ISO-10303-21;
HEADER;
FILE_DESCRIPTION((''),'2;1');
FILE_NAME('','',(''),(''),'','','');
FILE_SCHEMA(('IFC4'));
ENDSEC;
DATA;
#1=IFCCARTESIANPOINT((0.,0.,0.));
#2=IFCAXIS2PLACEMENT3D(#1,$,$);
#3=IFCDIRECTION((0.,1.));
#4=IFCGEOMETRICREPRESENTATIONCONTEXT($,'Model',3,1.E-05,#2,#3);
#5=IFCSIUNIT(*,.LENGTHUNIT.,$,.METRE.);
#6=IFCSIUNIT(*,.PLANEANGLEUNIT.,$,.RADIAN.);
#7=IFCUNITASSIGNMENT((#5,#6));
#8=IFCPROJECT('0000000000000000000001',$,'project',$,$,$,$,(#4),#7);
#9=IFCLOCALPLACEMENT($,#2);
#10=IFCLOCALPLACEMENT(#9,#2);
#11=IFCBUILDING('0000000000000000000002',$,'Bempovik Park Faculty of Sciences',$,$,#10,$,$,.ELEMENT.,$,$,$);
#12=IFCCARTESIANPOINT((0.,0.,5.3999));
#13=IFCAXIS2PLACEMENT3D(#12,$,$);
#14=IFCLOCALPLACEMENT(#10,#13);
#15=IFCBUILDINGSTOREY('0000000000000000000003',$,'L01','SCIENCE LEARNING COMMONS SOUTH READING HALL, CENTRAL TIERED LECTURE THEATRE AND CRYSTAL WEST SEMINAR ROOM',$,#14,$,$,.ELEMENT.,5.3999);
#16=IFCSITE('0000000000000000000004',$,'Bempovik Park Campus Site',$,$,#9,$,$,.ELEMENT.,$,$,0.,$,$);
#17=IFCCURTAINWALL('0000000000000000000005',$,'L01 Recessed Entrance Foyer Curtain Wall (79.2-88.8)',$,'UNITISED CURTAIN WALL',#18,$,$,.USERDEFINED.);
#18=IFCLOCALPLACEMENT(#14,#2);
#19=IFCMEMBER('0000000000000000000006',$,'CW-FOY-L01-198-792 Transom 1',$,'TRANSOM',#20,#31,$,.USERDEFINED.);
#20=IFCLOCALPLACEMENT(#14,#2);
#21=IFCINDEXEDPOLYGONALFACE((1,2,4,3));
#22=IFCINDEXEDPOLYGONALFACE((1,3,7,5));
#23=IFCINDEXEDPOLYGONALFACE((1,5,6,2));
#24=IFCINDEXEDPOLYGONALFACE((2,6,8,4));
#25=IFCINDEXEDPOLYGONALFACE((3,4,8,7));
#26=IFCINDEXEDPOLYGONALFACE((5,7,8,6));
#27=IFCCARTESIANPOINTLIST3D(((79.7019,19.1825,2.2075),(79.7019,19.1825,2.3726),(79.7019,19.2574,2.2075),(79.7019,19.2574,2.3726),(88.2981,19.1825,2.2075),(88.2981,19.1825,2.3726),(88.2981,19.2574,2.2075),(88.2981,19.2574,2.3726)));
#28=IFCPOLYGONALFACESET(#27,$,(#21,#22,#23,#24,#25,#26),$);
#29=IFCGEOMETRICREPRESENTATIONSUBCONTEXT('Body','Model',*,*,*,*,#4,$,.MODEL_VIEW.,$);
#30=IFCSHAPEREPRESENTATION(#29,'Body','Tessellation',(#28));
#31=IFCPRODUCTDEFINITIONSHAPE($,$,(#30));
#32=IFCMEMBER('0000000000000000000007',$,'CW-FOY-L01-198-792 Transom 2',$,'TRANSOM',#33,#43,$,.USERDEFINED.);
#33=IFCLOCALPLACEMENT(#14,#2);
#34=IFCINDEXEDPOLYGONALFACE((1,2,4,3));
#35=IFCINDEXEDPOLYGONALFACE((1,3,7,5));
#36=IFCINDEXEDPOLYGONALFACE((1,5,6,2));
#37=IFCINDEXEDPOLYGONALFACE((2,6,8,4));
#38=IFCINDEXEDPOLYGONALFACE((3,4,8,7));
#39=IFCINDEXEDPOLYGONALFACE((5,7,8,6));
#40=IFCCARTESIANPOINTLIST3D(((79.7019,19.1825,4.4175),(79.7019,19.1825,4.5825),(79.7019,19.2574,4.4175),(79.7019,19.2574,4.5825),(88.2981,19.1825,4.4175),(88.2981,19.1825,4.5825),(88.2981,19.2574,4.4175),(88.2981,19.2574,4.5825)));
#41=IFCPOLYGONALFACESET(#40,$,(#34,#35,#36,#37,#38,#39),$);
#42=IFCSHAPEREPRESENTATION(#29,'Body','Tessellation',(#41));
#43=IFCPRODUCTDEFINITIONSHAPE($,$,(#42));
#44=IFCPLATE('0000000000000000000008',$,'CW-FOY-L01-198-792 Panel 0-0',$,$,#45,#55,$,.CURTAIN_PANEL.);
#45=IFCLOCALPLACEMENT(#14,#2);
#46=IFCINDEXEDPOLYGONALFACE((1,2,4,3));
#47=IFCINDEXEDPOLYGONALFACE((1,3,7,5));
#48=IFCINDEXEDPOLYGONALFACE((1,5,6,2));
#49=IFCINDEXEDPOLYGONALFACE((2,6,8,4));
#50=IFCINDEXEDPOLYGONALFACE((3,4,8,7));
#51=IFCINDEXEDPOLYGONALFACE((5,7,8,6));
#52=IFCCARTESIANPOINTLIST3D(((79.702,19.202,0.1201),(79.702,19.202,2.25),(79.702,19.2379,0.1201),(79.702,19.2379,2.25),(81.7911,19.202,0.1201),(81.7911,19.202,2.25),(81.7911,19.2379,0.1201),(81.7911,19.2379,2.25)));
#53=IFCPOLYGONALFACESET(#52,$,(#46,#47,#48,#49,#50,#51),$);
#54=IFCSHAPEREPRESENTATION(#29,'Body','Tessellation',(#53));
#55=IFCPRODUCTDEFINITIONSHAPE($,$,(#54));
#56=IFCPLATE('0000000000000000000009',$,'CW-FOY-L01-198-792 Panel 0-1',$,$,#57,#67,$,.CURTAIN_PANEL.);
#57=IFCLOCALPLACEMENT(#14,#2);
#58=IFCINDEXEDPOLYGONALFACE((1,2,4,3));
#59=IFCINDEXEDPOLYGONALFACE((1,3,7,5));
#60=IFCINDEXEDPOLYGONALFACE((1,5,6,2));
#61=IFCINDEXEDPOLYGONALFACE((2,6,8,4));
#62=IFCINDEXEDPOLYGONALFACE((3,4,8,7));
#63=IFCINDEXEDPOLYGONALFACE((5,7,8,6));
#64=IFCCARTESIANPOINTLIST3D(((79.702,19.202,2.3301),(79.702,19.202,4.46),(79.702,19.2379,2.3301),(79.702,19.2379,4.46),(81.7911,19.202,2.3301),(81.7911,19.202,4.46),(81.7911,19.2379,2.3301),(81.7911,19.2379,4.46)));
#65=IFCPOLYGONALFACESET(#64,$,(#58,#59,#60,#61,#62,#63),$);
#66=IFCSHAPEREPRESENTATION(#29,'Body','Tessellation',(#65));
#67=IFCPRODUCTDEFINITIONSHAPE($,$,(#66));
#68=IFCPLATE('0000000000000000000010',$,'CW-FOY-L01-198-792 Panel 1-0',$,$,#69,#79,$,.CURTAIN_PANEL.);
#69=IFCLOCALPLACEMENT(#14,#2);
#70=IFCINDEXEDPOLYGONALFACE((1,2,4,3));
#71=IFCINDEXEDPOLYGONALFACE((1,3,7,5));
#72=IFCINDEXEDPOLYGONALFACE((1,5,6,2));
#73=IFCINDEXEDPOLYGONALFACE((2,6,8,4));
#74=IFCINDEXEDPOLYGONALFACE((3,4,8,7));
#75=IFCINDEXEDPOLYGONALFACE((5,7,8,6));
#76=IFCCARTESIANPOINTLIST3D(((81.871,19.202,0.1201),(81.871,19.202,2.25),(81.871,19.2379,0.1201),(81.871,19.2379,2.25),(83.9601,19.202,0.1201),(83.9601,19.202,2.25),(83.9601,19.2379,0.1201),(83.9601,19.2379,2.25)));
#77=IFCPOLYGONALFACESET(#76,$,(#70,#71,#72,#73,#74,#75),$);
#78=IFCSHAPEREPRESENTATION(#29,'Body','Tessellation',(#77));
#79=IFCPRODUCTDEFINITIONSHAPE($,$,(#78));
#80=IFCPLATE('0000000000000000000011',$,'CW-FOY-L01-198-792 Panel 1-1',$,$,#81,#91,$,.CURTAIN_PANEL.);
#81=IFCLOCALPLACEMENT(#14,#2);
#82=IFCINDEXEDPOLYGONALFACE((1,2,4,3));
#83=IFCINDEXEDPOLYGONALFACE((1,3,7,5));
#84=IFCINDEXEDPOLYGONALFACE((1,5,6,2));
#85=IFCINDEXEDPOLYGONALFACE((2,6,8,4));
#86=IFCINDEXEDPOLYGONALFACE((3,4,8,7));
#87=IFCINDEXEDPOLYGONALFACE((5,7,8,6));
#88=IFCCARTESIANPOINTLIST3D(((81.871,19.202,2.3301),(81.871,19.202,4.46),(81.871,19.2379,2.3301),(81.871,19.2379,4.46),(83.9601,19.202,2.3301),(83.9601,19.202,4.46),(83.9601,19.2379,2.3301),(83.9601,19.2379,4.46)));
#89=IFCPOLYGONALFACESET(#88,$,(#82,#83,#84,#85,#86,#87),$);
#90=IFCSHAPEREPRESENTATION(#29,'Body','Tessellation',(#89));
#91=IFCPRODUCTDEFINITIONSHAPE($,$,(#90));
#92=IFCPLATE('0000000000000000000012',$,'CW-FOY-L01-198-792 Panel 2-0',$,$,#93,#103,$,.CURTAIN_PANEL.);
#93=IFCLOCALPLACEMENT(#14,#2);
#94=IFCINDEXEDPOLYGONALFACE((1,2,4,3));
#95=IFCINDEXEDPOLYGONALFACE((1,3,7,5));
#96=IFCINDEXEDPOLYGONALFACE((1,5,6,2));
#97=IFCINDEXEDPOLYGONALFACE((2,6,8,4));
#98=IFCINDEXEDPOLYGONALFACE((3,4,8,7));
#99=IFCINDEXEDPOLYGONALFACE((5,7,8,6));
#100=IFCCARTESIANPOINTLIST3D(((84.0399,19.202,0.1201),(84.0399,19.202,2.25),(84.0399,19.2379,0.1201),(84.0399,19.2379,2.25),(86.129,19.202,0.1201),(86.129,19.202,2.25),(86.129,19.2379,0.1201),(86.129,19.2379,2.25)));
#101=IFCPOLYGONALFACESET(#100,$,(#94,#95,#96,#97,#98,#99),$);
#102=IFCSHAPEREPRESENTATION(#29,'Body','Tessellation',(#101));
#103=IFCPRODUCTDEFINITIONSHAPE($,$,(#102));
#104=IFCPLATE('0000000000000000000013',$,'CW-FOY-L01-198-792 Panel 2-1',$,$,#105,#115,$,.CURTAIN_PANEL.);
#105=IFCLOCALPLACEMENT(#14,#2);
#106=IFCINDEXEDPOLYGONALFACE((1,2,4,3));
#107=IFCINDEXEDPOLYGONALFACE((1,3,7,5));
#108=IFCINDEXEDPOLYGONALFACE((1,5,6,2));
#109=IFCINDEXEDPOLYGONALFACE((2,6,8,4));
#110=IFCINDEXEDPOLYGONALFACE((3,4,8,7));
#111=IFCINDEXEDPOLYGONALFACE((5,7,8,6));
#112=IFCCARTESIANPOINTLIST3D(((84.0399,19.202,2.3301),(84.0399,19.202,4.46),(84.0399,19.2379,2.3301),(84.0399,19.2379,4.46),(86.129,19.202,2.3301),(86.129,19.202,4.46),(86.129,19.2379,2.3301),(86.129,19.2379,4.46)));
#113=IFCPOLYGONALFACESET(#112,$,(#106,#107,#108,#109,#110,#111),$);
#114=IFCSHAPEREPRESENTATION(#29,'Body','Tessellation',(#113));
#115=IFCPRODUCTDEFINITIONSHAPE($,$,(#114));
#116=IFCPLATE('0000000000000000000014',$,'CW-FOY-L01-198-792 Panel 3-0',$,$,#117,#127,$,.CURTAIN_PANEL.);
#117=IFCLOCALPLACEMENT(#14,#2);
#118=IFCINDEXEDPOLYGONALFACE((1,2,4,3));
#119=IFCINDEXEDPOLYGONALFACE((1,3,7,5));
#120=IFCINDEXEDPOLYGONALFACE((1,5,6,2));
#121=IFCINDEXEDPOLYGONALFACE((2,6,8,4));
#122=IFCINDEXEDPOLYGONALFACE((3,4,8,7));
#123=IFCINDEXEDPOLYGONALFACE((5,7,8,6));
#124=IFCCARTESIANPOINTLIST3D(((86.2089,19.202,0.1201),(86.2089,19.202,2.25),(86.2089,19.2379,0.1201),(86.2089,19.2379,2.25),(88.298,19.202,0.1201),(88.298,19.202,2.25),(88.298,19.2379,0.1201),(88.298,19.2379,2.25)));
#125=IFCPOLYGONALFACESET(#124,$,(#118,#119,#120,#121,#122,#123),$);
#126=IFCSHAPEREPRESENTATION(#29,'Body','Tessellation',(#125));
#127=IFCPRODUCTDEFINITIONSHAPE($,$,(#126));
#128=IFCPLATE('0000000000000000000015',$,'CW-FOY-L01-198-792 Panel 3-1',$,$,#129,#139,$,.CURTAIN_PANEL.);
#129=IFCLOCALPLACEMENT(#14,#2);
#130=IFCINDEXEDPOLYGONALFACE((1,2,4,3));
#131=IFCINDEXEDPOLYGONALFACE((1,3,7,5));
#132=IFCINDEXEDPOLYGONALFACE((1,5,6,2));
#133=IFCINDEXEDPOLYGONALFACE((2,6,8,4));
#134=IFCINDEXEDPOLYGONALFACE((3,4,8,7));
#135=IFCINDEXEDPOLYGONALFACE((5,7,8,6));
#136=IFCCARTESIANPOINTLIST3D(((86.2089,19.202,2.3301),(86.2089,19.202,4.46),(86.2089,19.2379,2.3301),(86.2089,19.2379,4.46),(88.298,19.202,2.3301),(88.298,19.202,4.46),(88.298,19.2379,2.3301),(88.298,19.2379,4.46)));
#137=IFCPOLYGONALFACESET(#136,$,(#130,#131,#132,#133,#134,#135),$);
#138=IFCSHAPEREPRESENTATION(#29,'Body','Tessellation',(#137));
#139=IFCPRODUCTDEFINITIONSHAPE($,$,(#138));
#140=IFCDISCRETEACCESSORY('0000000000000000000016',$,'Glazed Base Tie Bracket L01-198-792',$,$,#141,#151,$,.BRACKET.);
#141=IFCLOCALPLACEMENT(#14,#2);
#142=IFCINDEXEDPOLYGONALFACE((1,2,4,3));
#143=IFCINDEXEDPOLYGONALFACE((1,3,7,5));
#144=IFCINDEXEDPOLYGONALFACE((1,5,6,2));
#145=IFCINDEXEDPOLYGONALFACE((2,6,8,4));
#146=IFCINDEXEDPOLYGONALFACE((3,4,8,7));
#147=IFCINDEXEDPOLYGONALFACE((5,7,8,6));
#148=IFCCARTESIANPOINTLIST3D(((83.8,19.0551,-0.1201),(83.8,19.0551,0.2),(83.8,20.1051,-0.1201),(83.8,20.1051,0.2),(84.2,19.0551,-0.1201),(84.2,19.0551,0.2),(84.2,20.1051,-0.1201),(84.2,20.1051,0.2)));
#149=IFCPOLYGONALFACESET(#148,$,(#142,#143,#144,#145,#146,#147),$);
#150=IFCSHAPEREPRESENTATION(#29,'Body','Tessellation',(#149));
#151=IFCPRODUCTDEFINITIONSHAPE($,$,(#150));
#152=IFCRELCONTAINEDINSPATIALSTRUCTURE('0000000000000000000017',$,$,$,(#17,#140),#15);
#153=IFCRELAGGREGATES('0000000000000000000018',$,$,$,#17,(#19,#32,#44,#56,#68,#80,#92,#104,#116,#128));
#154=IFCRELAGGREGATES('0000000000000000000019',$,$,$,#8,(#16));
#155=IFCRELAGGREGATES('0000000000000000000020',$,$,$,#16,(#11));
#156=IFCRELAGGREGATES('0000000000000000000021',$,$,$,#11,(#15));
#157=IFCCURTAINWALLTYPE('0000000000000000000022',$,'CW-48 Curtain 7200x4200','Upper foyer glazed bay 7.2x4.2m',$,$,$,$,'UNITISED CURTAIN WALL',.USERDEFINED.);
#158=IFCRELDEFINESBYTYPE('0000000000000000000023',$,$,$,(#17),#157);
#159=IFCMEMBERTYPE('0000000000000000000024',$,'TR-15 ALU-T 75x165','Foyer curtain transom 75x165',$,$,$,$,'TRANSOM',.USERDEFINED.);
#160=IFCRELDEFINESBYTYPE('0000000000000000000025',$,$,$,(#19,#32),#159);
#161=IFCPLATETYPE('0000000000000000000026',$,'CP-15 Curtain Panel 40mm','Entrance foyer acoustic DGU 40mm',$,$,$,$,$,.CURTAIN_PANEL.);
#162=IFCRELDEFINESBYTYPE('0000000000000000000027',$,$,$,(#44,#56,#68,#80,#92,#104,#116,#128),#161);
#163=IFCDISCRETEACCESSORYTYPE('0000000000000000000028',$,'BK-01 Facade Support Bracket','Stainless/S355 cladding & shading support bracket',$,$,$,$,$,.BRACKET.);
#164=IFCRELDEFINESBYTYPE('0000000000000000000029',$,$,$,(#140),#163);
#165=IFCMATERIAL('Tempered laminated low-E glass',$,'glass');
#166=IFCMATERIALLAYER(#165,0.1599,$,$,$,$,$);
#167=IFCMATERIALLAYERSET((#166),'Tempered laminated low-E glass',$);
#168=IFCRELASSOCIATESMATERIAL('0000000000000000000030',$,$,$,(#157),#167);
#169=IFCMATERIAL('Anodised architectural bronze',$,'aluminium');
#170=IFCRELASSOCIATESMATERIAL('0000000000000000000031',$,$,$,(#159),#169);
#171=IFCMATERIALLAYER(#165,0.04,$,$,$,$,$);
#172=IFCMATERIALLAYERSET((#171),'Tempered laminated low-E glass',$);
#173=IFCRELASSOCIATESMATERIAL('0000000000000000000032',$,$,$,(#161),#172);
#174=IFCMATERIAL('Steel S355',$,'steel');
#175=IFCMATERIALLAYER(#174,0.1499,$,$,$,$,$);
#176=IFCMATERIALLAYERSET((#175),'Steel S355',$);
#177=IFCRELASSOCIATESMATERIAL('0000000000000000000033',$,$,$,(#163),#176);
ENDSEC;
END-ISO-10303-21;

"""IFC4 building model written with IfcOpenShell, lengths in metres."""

from ifc_helpers import new_model, si_unit, direction, frame, origin, origin_2d, place, context, subcontext, project, spatial, rectangle, extrude, material, layer, layer_set, material_profile, profile_set, type_object, element, aggregate, save


model = new_model("IFC4")

# Units and contexts
model_context = context("Model", 3, precision=1e-05, world=origin(), true_north=direction((0.0, 1.0)))
body_context = subcontext(model_context, "Body", "Model", "MODEL_VIEW")
ifc_project = project(units=[si_unit("LENGTHUNIT", "METRE"), si_unit("PLANEANGLEUNIT", "RADIAN")], contexts=[model_context])

# Site, building, storey
site_placement = place(None, origin())
site = spatial("IfcSite", under=ifc_project, at=site_placement, Name="Bempovik Park Campus Site", CompositionType="ELEMENT", RefElevation=0.0)
building_placement = place(site_placement, origin())
building = spatial("IfcBuilding", under=site, at=building_placement, Name="Bempovik Park Faculty of Sciences", CompositionType="ELEMENT")
storey_placement = place(building_placement, frame((0.0, 0.0, 5.3999)))
storey = spatial("IfcBuildingStorey", under=building, at=storey_placement, Name="L01", Description="SCIENCE LEARNING COMMONS SOUTH READING HALL, CENTRAL TIERED LECTURE THEATRE AND CRYSTAL WEST SEMINAR ROOM", CompositionType="ELEMENT", Elevation=5.3999)

# Curtain wall, members, plates
ifc_material_1 = material(Name="Tempered laminated low-E glass", Category="glass")
ifc_layer_1 = layer(ifc_material_1, 0.1599)
ifc_layer_set_1 = layer_set([ifc_layer_1], Name="Tempered laminated low-E glass")
curtain_wall_type = type_object("IfcCurtainWallType", Name="CW-48 Curtain 7200x4200", Description="Upper foyer glazed bay 7.2x4.2m", ElementType="UNITISED CURTAIN WALL", PredefinedType="USERDEFINED", material=ifc_layer_set_1)
curtain_wall_placement = place(storey_placement, origin())
curtain_wall = element("IfcCurtainWall", 1, at=curtain_wall_placement, inside=storey, type_object=curtain_wall_type, Name="L01 Recessed Entrance Foyer Curtain Wall (79.2-88.8)", ObjectType="UNITISED CURTAIN WALL", PredefinedType="USERDEFINED")
ifc_material_2 = material(Name="Anodised architectural bronze", Category="aluminium")
ifc_material_profile_1 = material_profile(ifc_material_2, rectangle(XDim=0.075, YDim=0.165, at=origin_2d()), Name="ALU-T 75x165")
ifc_profile_set_1 = profile_set([ifc_material_profile_1], Name="Anodised architectural bronze")
member_type_1 = type_object("IfcMemberType", Name="TR-15 ALU-T 75x165", Description="Foyer curtain transom 75x165", ElementType="TRANSOM", PredefinedType="USERDEFINED", material=ifc_profile_set_1)
member_1_placement = place(storey_placement, frame((79.7019, 19.22, 2.29), z_axis=(1.0, 0.0, 0.0), x_axis=(0.0, 1.0, 0.0)))
member_1 = element("IfcMember", 2, at=member_1_placement, type_object=member_type_1, Name="CW-FOY-L01-198-792 Transom 1", ObjectType="TRANSOM", PredefinedType="USERDEFINED", context=body_context, shape_type="SweptSolid", body=[
    extrude(rectangle(XDim=0.075, YDim=0.165, at=origin_2d()), origin(), (0.0, 0.0, 1.0), 8.5962),
])
member_2_placement = place(storey_placement, frame((79.7019, 19.22, 4.5), z_axis=(1.0, 0.0, 0.0), x_axis=(0.0, 1.0, 0.0)))
member_2 = element("IfcMember", 3, at=member_2_placement, type_object=member_type_1, Name="CW-FOY-L01-198-792 Transom 2", ObjectType="TRANSOM", PredefinedType="USERDEFINED", context=body_context, shape_type="SweptSolid", body=[
    extrude(rectangle(XDim=0.075, YDim=0.165, at=origin_2d()), origin(), (0.0, 0.0, 1.0), 8.5962),
])
ifc_layer_2 = layer(ifc_material_1, 0.04)
ifc_layer_set_2 = layer_set([ifc_layer_2], Name="Tempered laminated low-E glass")
plate_type = type_object("IfcPlateType", Name="CP-15 Curtain Panel 40mm", Description="Entrance foyer acoustic DGU 40mm", PredefinedType="CURTAIN_PANEL", material=ifc_layer_set_2)
plate_1_placement = place(storey_placement, frame((80.7466, 19.22, 0.1201), z_axis=(0.0, 0.0, 1.0), x_axis=(1.0, 0.0, 0.0)))
plate_1 = element("IfcPlate", 4, at=plate_1_placement, type_object=plate_type, Name="CW-FOY-L01-198-792 Panel 0-0", PredefinedType="CURTAIN_PANEL", context=body_context, shape_type="SweptSolid", body=[
    extrude(rectangle(XDim=2.0891, YDim=0.0359, at=origin_2d()), origin(), (0.0, 0.0, 1.0), 2.1299),
])
plate_2_placement = place(storey_placement, frame((80.7466, 19.22, 2.3301), z_axis=(0.0, 0.0, 1.0), x_axis=(1.0, 0.0, 0.0)))
plate_2 = element("IfcPlate", 5, at=plate_2_placement, type_object=plate_type, Name="CW-FOY-L01-198-792 Panel 0-1", PredefinedType="CURTAIN_PANEL", context=body_context, shape_type="SweptSolid", body=[
    extrude(rectangle(XDim=2.0891, YDim=0.0359, at=origin_2d()), origin(), (0.0, 0.0, 1.0), 2.1299),
])
plate_3_placement = place(storey_placement, frame((82.9155, 19.22, 0.1201), z_axis=(0.0, 0.0, 1.0), x_axis=(1.0, 0.0, 0.0)))
plate_3 = element("IfcPlate", 6, at=plate_3_placement, type_object=plate_type, Name="CW-FOY-L01-198-792 Panel 1-0", PredefinedType="CURTAIN_PANEL", context=body_context, shape_type="SweptSolid", body=[
    extrude(rectangle(XDim=2.0891, YDim=0.0359, at=origin_2d()), origin(), (0.0, 0.0, 1.0), 2.1299),
])
plate_4_placement = place(storey_placement, frame((82.9155, 19.22, 2.3301), z_axis=(0.0, 0.0, 1.0), x_axis=(1.0, 0.0, 0.0)))
plate_4 = element("IfcPlate", 7, at=plate_4_placement, type_object=plate_type, Name="CW-FOY-L01-198-792 Panel 1-1", PredefinedType="CURTAIN_PANEL", context=body_context, shape_type="SweptSolid", body=[
    extrude(rectangle(XDim=2.0891, YDim=0.0359, at=origin_2d()), origin(), (0.0, 0.0, 1.0), 2.1299),
])
plate_5_placement = place(storey_placement, frame((85.0845, 19.22, 0.1201), z_axis=(0.0, 0.0, 1.0), x_axis=(1.0, 0.0, 0.0)))
plate_5 = element("IfcPlate", 8, at=plate_5_placement, type_object=plate_type, Name="CW-FOY-L01-198-792 Panel 2-0", PredefinedType="CURTAIN_PANEL", context=body_context, shape_type="SweptSolid", body=[
    extrude(rectangle(XDim=2.0891, YDim=0.0359, at=origin_2d()), origin(), (0.0, 0.0, 1.0), 2.1299),
])
plate_6_placement = place(storey_placement, frame((85.0845, 19.22, 2.3301), z_axis=(0.0, 0.0, 1.0), x_axis=(1.0, 0.0, 0.0)))
plate_6 = element("IfcPlate", 9, at=plate_6_placement, type_object=plate_type, Name="CW-FOY-L01-198-792 Panel 2-1", PredefinedType="CURTAIN_PANEL", context=body_context, shape_type="SweptSolid", body=[
    extrude(rectangle(XDim=2.0891, YDim=0.0359, at=origin_2d()), origin(), (0.0, 0.0, 1.0), 2.1299),
])
plate_7_placement = place(storey_placement, frame((87.2534, 19.22, 0.1201), z_axis=(0.0, 0.0, 1.0), x_axis=(1.0, 0.0, 0.0)))
plate_7 = element("IfcPlate", 10, at=plate_7_placement, type_object=plate_type, Name="CW-FOY-L01-198-792 Panel 3-0", PredefinedType="CURTAIN_PANEL", context=body_context, shape_type="SweptSolid", body=[
    extrude(rectangle(XDim=2.0891, YDim=0.0359, at=origin_2d()), origin(), (0.0, 0.0, 1.0), 2.1299),
])
plate_8_placement = place(storey_placement, frame((87.2534, 19.22, 2.3301), z_axis=(0.0, 0.0, 1.0), x_axis=(1.0, 0.0, 0.0)))
plate_8 = element("IfcPlate", 11, at=plate_8_placement, type_object=plate_type, Name="CW-FOY-L01-198-792 Panel 3-1", PredefinedType="CURTAIN_PANEL", context=body_context, shape_type="SweptSolid", body=[
    extrude(rectangle(XDim=2.0891, YDim=0.0359, at=origin_2d()), origin(), (0.0, 0.0, 1.0), 2.1299),
])
aggregate(curtain_wall, [member_1, member_2, plate_1, plate_2, plate_3, plate_4, plate_5, plate_6, plate_7, plate_8])

# Discrete accessory
ifc_material_3 = material(Name="Steel S355", Category="steel")
ifc_layer_3 = layer(ifc_material_3, 0.1499)
ifc_layer_set_3 = layer_set([ifc_layer_3], Name="Steel S355")
discrete_accessory_type = type_object("IfcDiscreteAccessoryType", Name="BK-01 Facade Support Bracket", Description="Stainless/S355 cladding & shading support bracket", PredefinedType="BRACKET", material=ifc_layer_set_3)
discrete_accessory_placement = place(storey_placement, frame((84.0, 19.5801, -0.1201), z_axis=(0.0, 0.0, 1.0), x_axis=(1.0, 0.0, 0.0)))
element("IfcDiscreteAccessory", 12, at=discrete_accessory_placement, inside=storey, type_object=discrete_accessory_type, Name="Glazed Base Tie Bracket L01-198-792", PredefinedType="BRACKET", context=body_context, shape_type="SweptSolid", body=[
    extrude(rectangle(XDim=0.3999, YDim=1.05, at=origin_2d()), origin(), (0.0, 0.0, 1.0), 0.3201),
])

save(model, "model.ifc")
